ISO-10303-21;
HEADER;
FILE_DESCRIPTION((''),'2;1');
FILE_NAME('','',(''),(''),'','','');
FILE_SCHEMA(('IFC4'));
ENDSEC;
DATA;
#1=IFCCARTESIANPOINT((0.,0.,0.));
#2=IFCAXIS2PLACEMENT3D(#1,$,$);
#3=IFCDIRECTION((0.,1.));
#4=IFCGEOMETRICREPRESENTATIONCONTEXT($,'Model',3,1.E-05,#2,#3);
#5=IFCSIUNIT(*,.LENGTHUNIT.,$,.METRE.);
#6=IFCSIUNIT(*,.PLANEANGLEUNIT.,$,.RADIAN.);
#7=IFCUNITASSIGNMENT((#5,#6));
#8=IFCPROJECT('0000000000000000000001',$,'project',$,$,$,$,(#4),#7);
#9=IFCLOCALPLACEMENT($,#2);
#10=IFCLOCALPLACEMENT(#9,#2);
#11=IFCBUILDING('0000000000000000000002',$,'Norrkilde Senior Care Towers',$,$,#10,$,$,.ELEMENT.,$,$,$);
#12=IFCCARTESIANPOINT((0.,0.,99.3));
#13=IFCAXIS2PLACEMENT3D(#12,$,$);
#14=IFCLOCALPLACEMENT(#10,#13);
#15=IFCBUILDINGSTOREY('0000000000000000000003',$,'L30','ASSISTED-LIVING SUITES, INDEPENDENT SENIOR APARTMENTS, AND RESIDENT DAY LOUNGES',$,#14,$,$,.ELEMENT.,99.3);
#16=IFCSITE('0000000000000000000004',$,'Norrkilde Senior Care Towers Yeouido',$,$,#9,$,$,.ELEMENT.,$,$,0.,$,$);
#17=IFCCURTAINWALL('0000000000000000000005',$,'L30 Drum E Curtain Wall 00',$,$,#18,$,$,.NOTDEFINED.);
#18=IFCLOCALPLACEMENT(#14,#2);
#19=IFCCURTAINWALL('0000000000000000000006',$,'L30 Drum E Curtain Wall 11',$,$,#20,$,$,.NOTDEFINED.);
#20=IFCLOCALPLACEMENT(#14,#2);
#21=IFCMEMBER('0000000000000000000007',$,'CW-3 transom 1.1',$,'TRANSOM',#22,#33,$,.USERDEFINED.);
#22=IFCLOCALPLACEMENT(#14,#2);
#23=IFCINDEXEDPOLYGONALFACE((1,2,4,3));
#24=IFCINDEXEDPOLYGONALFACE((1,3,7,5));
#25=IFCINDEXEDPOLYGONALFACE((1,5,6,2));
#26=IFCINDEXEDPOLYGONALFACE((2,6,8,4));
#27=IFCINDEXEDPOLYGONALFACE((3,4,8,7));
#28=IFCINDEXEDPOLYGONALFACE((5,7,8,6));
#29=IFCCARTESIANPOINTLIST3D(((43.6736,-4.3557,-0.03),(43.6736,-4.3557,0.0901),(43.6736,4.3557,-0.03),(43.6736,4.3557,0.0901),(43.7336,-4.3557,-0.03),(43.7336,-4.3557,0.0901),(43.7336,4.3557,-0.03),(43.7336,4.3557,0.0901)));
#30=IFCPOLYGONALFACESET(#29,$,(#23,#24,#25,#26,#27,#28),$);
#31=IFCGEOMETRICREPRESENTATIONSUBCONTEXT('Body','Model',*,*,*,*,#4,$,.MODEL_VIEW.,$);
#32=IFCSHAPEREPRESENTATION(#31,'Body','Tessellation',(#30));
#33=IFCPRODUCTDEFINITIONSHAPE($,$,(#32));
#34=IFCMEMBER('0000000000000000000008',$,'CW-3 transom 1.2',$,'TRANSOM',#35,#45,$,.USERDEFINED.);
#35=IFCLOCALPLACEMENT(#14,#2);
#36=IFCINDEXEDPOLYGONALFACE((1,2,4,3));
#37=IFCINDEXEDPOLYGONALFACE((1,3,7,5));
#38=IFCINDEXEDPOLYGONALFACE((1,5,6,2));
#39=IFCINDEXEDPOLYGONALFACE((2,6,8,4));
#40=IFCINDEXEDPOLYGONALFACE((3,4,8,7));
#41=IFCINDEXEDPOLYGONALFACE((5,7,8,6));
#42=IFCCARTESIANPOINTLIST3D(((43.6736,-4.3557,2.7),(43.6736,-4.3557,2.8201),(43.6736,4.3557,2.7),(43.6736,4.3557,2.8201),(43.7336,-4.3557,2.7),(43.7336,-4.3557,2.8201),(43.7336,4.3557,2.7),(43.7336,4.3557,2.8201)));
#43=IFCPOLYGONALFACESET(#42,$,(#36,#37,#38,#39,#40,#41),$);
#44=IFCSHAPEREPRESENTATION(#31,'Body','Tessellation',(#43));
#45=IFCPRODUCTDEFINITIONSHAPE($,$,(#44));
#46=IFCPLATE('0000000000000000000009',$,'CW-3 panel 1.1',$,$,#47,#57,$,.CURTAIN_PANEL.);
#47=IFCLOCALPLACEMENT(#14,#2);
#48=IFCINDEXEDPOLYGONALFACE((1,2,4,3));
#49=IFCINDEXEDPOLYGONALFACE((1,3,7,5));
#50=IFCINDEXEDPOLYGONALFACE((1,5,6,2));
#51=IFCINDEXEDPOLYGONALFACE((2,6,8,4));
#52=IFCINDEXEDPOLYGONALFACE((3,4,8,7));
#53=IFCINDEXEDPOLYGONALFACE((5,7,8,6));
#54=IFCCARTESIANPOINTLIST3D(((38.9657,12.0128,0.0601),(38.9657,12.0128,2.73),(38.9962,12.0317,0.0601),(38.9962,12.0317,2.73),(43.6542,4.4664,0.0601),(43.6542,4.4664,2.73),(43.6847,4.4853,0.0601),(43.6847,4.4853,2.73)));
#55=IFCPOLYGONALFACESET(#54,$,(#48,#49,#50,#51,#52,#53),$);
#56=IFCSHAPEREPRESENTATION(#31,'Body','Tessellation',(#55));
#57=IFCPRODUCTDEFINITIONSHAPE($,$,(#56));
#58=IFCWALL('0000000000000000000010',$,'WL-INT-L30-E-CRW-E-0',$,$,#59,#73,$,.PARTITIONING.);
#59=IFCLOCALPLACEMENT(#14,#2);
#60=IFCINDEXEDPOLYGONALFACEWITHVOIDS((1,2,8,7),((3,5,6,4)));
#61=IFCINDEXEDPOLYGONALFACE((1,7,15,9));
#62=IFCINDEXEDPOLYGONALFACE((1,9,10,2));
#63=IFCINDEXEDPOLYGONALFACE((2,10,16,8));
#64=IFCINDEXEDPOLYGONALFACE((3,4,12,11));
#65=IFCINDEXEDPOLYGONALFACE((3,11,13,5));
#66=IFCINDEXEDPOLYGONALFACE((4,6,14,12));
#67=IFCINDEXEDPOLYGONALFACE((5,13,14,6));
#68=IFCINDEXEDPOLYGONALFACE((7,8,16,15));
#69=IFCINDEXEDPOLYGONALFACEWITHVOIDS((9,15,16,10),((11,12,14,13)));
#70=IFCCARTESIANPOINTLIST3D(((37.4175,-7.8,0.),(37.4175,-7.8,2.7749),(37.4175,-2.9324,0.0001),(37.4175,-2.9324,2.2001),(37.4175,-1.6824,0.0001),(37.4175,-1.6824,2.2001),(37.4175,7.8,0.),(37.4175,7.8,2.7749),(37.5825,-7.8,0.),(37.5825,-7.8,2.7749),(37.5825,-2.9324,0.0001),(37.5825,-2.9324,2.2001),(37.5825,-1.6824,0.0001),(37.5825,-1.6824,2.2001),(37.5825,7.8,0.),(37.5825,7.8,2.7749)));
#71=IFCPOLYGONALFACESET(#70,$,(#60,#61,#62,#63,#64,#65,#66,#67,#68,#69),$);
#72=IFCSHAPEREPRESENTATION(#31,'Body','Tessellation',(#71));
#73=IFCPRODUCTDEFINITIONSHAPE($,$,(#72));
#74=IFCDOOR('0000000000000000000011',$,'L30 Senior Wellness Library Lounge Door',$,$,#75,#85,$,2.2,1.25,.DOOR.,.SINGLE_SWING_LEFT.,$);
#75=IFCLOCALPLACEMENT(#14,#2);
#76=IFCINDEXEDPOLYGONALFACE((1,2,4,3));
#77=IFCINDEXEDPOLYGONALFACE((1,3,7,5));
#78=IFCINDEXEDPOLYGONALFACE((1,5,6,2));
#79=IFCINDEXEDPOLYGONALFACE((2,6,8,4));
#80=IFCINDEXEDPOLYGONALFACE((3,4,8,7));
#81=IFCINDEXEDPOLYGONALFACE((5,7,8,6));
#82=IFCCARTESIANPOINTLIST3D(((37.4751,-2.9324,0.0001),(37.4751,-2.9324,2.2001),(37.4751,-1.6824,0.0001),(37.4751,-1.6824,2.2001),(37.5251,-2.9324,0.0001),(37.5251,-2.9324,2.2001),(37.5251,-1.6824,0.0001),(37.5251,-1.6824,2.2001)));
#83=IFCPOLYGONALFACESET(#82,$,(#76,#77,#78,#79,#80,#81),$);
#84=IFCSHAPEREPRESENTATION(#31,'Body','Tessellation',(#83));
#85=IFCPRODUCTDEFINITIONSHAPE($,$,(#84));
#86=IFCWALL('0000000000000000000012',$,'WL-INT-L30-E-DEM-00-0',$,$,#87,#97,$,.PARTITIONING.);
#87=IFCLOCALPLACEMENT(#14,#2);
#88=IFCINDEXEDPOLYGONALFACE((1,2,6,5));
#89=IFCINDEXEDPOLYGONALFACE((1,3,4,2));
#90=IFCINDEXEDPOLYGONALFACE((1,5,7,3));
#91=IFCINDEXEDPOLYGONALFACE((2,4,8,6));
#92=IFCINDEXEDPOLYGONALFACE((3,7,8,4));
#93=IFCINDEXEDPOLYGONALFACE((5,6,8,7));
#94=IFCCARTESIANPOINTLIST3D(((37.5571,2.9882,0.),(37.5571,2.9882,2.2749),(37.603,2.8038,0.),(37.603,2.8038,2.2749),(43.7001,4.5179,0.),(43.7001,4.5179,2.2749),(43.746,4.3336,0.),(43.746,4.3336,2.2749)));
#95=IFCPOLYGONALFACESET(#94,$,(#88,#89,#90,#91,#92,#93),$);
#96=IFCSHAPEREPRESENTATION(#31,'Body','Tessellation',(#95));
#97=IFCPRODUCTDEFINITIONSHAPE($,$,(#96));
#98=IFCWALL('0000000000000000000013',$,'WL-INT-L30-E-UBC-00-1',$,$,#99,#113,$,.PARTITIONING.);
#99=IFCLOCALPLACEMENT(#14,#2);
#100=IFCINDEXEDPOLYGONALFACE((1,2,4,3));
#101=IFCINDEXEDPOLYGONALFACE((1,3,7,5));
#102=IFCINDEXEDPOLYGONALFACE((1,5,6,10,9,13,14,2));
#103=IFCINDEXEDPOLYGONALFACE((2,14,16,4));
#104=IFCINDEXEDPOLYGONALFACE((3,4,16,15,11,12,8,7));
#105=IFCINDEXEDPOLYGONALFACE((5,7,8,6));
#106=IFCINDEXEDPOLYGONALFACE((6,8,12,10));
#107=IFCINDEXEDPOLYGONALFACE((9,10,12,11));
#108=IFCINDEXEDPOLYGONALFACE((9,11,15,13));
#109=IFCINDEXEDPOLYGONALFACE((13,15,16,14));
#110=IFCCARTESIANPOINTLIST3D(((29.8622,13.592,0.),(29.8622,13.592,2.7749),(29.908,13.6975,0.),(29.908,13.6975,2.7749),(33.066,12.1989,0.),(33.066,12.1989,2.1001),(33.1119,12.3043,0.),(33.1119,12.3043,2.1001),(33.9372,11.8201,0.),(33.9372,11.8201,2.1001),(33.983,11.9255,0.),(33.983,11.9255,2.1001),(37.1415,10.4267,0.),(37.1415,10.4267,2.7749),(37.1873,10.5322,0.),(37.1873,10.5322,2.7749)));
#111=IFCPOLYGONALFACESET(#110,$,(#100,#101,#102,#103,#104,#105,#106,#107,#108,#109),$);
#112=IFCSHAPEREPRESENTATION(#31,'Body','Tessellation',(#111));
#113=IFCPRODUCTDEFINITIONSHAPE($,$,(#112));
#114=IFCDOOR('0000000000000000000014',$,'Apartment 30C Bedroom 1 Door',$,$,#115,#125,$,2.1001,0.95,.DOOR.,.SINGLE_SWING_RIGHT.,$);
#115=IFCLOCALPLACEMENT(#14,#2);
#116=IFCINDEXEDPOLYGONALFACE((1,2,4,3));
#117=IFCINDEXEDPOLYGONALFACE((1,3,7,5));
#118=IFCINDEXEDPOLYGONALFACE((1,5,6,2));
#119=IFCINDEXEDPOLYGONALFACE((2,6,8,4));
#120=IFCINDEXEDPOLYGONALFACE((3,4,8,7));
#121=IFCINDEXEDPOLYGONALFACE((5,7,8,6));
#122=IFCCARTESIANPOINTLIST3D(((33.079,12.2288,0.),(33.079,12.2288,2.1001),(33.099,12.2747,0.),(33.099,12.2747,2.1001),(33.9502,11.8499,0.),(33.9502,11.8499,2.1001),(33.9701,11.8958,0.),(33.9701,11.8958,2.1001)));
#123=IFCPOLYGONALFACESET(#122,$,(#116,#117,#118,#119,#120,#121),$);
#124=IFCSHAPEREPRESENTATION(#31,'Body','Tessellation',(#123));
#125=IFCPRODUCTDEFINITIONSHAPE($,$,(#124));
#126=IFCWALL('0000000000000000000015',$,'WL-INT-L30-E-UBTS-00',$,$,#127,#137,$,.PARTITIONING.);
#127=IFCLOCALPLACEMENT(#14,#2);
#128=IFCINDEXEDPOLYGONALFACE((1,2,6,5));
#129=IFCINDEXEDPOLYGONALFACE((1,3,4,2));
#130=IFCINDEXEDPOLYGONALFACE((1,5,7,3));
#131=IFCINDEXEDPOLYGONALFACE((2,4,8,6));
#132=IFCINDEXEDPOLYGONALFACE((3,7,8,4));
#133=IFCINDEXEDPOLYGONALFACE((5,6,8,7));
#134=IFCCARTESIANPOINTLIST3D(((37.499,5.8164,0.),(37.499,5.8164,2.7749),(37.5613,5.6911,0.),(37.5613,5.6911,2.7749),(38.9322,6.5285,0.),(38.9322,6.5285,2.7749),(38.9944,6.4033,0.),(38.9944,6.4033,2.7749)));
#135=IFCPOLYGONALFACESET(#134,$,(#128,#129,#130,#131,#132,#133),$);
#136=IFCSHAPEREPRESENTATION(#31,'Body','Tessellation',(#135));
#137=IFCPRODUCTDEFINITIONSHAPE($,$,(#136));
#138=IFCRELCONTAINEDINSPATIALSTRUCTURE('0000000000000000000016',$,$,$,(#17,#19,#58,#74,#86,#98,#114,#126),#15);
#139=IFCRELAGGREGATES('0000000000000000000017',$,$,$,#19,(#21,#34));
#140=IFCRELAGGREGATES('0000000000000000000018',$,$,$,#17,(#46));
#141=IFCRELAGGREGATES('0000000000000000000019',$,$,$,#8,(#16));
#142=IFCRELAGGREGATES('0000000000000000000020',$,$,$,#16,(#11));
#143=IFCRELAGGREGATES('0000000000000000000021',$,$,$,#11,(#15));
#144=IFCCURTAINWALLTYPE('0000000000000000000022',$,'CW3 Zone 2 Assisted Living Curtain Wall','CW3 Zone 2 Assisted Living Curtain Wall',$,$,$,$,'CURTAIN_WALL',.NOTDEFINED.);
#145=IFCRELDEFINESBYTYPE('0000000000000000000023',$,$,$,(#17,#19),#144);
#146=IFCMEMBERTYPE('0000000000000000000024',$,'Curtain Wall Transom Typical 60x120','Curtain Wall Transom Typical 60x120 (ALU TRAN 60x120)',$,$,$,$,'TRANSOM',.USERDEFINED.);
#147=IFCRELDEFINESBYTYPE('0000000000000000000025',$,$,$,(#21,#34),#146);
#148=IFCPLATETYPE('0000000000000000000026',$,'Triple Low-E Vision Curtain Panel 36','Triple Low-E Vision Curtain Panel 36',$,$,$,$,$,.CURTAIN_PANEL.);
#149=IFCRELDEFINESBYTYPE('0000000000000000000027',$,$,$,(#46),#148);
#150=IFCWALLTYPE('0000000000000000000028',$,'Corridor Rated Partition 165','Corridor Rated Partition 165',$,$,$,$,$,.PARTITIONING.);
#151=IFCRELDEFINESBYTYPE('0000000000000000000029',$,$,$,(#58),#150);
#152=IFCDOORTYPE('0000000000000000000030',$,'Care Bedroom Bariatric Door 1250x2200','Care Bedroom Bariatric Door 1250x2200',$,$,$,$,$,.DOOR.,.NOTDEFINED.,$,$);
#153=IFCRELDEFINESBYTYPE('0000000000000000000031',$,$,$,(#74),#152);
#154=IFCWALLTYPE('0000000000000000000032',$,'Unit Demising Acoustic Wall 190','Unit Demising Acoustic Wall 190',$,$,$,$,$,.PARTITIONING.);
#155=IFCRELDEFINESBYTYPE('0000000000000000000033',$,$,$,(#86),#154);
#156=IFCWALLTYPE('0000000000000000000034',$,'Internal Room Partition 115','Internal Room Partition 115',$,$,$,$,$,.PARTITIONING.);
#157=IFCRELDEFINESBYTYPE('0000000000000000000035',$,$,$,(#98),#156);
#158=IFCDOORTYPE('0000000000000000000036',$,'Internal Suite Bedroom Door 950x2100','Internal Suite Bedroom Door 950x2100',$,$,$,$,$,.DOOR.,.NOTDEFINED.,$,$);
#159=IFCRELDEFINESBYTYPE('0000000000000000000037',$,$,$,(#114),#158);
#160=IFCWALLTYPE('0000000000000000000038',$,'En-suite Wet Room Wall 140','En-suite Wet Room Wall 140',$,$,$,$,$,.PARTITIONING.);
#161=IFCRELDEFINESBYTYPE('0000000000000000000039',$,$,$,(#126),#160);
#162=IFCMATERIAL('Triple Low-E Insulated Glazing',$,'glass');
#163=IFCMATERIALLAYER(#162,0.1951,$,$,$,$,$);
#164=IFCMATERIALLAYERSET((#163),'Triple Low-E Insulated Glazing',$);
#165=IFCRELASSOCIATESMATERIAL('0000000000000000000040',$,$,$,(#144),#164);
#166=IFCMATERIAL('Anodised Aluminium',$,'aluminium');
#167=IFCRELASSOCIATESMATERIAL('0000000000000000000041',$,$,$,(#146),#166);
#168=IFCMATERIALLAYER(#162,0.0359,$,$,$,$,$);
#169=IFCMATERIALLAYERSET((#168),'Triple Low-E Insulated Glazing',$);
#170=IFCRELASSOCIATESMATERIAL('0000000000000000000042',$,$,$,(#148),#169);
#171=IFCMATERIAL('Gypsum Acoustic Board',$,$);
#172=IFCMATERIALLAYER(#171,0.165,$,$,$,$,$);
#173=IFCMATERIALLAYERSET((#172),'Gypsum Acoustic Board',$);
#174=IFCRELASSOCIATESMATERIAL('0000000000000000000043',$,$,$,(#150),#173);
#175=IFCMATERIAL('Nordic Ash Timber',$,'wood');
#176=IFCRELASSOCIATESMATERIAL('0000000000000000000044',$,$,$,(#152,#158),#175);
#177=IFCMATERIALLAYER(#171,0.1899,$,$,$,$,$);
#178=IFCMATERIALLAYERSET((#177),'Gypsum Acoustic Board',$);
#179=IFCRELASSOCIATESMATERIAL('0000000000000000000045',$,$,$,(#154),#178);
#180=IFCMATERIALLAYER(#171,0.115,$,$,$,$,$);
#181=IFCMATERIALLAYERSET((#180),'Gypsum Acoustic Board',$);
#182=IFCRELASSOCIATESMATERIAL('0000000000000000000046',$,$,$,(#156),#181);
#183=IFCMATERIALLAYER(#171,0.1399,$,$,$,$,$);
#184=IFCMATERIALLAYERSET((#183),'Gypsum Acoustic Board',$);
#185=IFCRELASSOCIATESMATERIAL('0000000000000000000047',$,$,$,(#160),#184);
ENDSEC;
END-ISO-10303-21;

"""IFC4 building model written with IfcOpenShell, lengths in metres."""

from ifc_helpers import new_model, si_unit, direction, frame, frame_2d, origin, origin_2d, place, context, subcontext, project, spatial, rectangle, extrude, source, transform, mapped, material, layer, layer_set, material_profile, profile_set, type_object, type_shapes, element, fill, aggregate, save


model = new_model("IFC4")

# Units and contexts
model_context = context("Model", 3, precision=1e-05, world=origin(), true_north=direction((0.0, 1.0)))
body_context = subcontext(model_context, "Body", "Model", "MODEL_VIEW")
ifc_project = project(units=[si_unit("LENGTHUNIT", "METRE"), si_unit("PLANEANGLEUNIT", "RADIAN")], contexts=[model_context])

# Site, building, storey
site_placement = place(None, origin())
site = spatial("IfcSite", under=ifc_project, at=site_placement, Name="Norrkilde Senior Care Towers Yeouido", CompositionType="ELEMENT", RefElevation=0.0)
building_placement = place(site_placement, origin())
building = spatial("IfcBuilding", under=site, at=building_placement, Name="Norrkilde Senior Care Towers", CompositionType="ELEMENT")
storey_placement = place(building_placement, frame((0.0, 0.0, 99.3)))
storey = spatial("IfcBuildingStorey", under=building, at=storey_placement, Name="L30", Description="ASSISTED-LIVING SUITES, INDEPENDENT SENIOR APARTMENTS, AND RESIDENT DAY LOUNGES", CompositionType="ELEMENT", Elevation=99.3)

# Curtain wall
ifc_material_1 = material(Name="Triple Low-E Insulated Glazing", Category="glass")
ifc_layer_1 = layer(ifc_material_1, 0.1951)
ifc_layer_set_1 = layer_set([ifc_layer_1], Name="Triple Low-E Insulated Glazing")
curtain_wall_type = type_object("IfcCurtainWallType", Name="CW3 Zone 2 Assisted Living Curtain Wall", Description="CW3 Zone 2 Assisted Living Curtain Wall", ElementType="CURTAIN_WALL", PredefinedType="NOTDEFINED", material=ifc_layer_set_1)
curtain_wall_1_placement = place(storey_placement, origin())
curtain_wall_1 = element("IfcCurtainWall", 1, at=curtain_wall_1_placement, inside=storey, type_object=curtain_wall_type, Name="L30 Drum E Curtain Wall 00", PredefinedType="NOTDEFINED")
ifc_material_2 = material(Name="Anodised Aluminium", Category="aluminium")

# Curtain wall
curtain_wall_2_placement = place(storey_placement, origin())
curtain_wall_2 = element("IfcCurtainWall", 2, at=curtain_wall_2_placement, inside=storey, type_object=curtain_wall_type, Name="L30 Drum E Curtain Wall 11", PredefinedType="NOTDEFINED")

# Members
ifc_material_profile_1 = material_profile(ifc_material_2, rectangle(XDim=0.0601, YDim=0.1201, at=origin_2d()), Name="ALU TRAN 60x120")
ifc_profile_set_1 = profile_set([ifc_material_profile_1], Name="Anodised Aluminium")
member_type_1 = type_object("IfcMemberType", Name="Curtain Wall Transom Typical 60x120", Description="Curtain Wall Transom Typical 60x120 (ALU TRAN 60x120)", ElementType="TRANSOM", PredefinedType="USERDEFINED", material=ifc_profile_set_1)
shared_shape_1 = source(origin(), body_context, "Body", "SweptSolid", [
    extrude(rectangle(XDim=0.0601, YDim=0.1201, at=origin_2d()), origin(), (0.0, 0.0, 1.0), 8.7114),
])
member_1_placement = place(storey_placement, frame((43.7036, 4.3557, 0.03), z_axis=(0.0, -1.0, 0.0), x_axis=(1.0, 0.0, 0.0)))
member_1 = element("IfcMember", 3, at=member_1_placement, type_object=member_type_1, Name="CW-3 transom 1.1", ObjectType="TRANSOM", PredefinedType="USERDEFINED", context=body_context, shape_type="MappedRepresentation", body=[
    mapped(shared_shape_1, transform((0.0, 0.0, 0.0), x_axis=(1.0, 0.0, 0.0), y_axis=(0.0, 1.0, 0.0), z_axis=(0.0, 0.0, 1.0), scale=1.0)),
])
member_2_placement = place(storey_placement, frame((43.7036, 4.3557, 2.76), z_axis=(0.0, -1.0, 0.0), x_axis=(1.0, 0.0, 0.0)))
member_2 = element("IfcMember", 4, at=member_2_placement, type_object=member_type_1, Name="CW-3 transom 1.2", ObjectType="TRANSOM", PredefinedType="USERDEFINED", context=body_context, shape_type="MappedRepresentation", body=[
    mapped(shared_shape_1, transform((0.0, 0.0, 0.0), x_axis=(1.0, 0.0, 0.0), y_axis=(0.0, 1.0, 0.0), z_axis=(0.0, 0.0, 1.0), scale=1.0)),
])
aggregate(curtain_wall_2, [member_1, member_2])

# Plate
ifc_layer_2 = layer(ifc_material_1, 0.0359)
ifc_layer_set_2 = layer_set([ifc_layer_2], Name="Triple Low-E Insulated Glazing")
plate_type = type_object("IfcPlateType", Name="Triple Low-E Vision Curtain Panel 36", Description="Triple Low-E Vision Curtain Panel 36", PredefinedType="CURTAIN_PANEL", material=ifc_layer_set_2)
shared_shape_2 = source(origin(), body_context, "Body", "SweptSolid", [
    extrude(rectangle(XDim=8.8843, YDim=0.0359, at=origin_2d()), origin(), (0.0, 0.0, 1.0), 2.6699),
])
type_shapes(plate_type, [shared_shape_2])
plate_placement = place(storey_placement, frame((41.3252, 8.249, 0.0601), z_axis=(0.0, 0.0, 1.0), x_axis=(0.527733, -0.84941, 0.0)))
plate = element("IfcPlate", 5, at=plate_placement, type_object=plate_type, Name="CW-3 panel 1.1", PredefinedType="CURTAIN_PANEL", context=body_context, shape_type="MappedRepresentation", body=[
    mapped(shared_shape_2, transform((0.0, 0.0, 0.0), x_axis=(1.0, 0.0, 0.0), y_axis=(0.0, 1.0, 0.0), z_axis=(0.0, 0.0, 1.0), scale=1.0)),
])
aggregate(curtain_wall_1, [plate])

# Wall, opening, door
ifc_material_3 = material(Name="Gypsum Acoustic Board")
ifc_layer_3 = layer(ifc_material_3, 0.165)
ifc_layer_set_3 = layer_set([ifc_layer_3], Name="Gypsum Acoustic Board")
wall_type_1 = type_object("IfcWallType", Name="Corridor Rated Partition 165", Description="Corridor Rated Partition 165", PredefinedType="PARTITIONING", material=ifc_layer_set_3)
shared_shape_3 = source(origin(), body_context, "Body", "SweptSolid", [
    extrude(rectangle(XDim=15.6001, YDim=0.165, at=frame_2d((7.8, 0.0))), origin(), (0.0, 0.0, 1.0), 2.7749),
])
type_shapes(wall_type_1, [shared_shape_3])
wall_1_placement = place(storey_placement, frame((37.5, 7.8, 0.0), z_axis=(0.0, 0.0, 1.0), x_axis=(0.0, -1.0, 0.0)))
wall_1 = element("IfcWall", 6, at=wall_1_placement, inside=storey, type_object=wall_type_1, Name="WL-INT-L30-E-CRW-E-0", PredefinedType="PARTITIONING", context=body_context, shape_type="MappedRepresentation", body=[
    mapped(shared_shape_3, transform((0.0, 0.0, 0.0), x_axis=(1.0, 0.0, 0.0), y_axis=(0.0, 1.0, 0.0), z_axis=(0.0, 0.0, 1.0), scale=1.0)),
])
opening_1_placement = place(wall_1_placement, frame((9.4824, 0.0, 0.0)))
opening_1 = element("IfcOpeningElement", 7, at=opening_1_placement, cuts=wall_1, PredefinedType="OPENING", context=body_context, shape_type="SweptSolid", body=[
    extrude(rectangle(XDim=1.25, YDim=2.2, at=frame_2d((0.625, 1.1001))), frame((0.0, 0.0925, 0.0), z_axis=(0.0, -1.0, 0.0), x_axis=(1.0, 0.0, 0.0)), (0.0, 0.0, 1.0), 0.1851),
])
ifc_material_4 = material(Name="Nordic Ash Timber", Category="wood")
door_type_1 = type_object("IfcDoorType", Name="Care Bedroom Bariatric Door 1250x2200", Description="Care Bedroom Bariatric Door 1250x2200", OperationType="NOTDEFINED", PredefinedType="DOOR", material=ifc_material_4)
shared_shape_4 = source(origin(), body_context, "Body", "SweptSolid", [
    extrude(rectangle(XDim=1.25, YDim=2.2, at=frame_2d((0.625, 1.1001))), frame((0.0, 0.0249, 0.0), z_axis=(0.0, -1.0, 0.0), x_axis=(1.0, 0.0, 0.0)), (0.0, 0.0, 1.0), 0.05),
])
type_shapes(door_type_1, [shared_shape_4])
door_1_placement = place(opening_1_placement, frame((1.25, 0.0, 0.0), z_axis=(0.0, 0.0, 1.0), x_axis=(-1.0, 0.0, 0.0)))
door_1 = element("IfcDoor", 8, at=door_1_placement, inside=storey, type_object=door_type_1, Name="L30 Senior Wellness Library Lounge Door", OperationType="SINGLE_SWING_LEFT", OverallHeight=2.2, OverallWidth=1.25, PredefinedType="DOOR", context=body_context, shape_type="MappedRepresentation", body=[
    mapped(shared_shape_4, transform((0.0, 0.0, 0.0), x_axis=(1.0, 0.0, 0.0), y_axis=(0.0, 1.0, 0.0), z_axis=(0.0, 0.0, 1.0), scale=1.0)),
])
fill(opening_1, door_1)

# Wall
ifc_layer_4 = layer(ifc_material_3, 0.1899)
ifc_layer_set_4 = layer_set([ifc_layer_4], Name="Gypsum Acoustic Board")
wall_type_2 = type_object("IfcWallType", Name="Unit Demising Acoustic Wall 190", Description="Unit Demising Acoustic Wall 190", PredefinedType="PARTITIONING", material=ifc_layer_set_4)
shared_shape_5 = source(origin(), body_context, "Body", "SweptSolid", [
    extrude(rectangle(XDim=6.3306, YDim=0.1899, at=frame_2d((3.1653, 0.0))), origin(), (0.0, 0.0, 1.0), 2.2749),
])
type_shapes(wall_type_2, [shared_shape_5])
wall_2_placement = place(storey_placement, frame((37.5801, 2.896, 0.0), z_axis=(0.0, 0.0, 1.0), x_axis=(0.970364, 0.241646, 0.0)))
element("IfcWall", 9, at=wall_2_placement, inside=storey, type_object=wall_type_2, Name="WL-INT-L30-E-DEM-00-0", PredefinedType="PARTITIONING", context=body_context, shape_type="MappedRepresentation", body=[
    mapped(shared_shape_5, transform((0.0, 0.0, 0.0), x_axis=(1.0, 0.0, 0.0), y_axis=(0.0, 1.0, 0.0), z_axis=(0.0, 0.0, 1.0), scale=1.0)),
])

# Wall, opening, door
ifc_layer_5 = layer(ifc_material_3, 0.115)
ifc_layer_set_5 = layer_set([ifc_layer_5], Name="Gypsum Acoustic Board")
wall_type_3 = type_object("IfcWallType", Name="Internal Room Partition 115", Description="Internal Room Partition 115", PredefinedType="PARTITIONING", material=ifc_layer_set_5)
shared_shape_6 = source(origin(), body_context, "Body", "SweptSolid", [
    extrude(rectangle(XDim=7.9377, YDim=0.115, at=frame_2d((3.9688, 0.0))), origin(), (0.0, 0.0, 1.0), 2.7749),
])
wall_3_placement = place(storey_placement, frame((37.1643, 10.4795, 0.0), z_axis=(0.0, 0.0, 1.0), x_axis=(-0.917053, 0.398765, 0.0)))
wall_3 = element("IfcWall", 10, at=wall_3_placement, inside=storey, type_object=wall_type_3, Name="WL-INT-L30-E-UBC-00-1", PredefinedType="PARTITIONING", context=body_context, shape_type="MappedRepresentation", body=[
    mapped(shared_shape_6, transform((0.0, 0.0, 0.0), x_axis=(1.0, 0.0, 0.0), y_axis=(0.0, 1.0, 0.0), z_axis=(0.0, 0.0, 1.0), scale=1.0)),
])
opening_2_placement = place(wall_3_placement, frame((3.4939, 0.0, 0.0)))
opening_2 = element("IfcOpeningElement", 11, at=opening_2_placement, cuts=wall_3, PredefinedType="OPENING", context=body_context, shape_type="SweptSolid", body=[
    extrude(rectangle(XDim=0.95, YDim=2.1001, at=frame_2d((0.4751, 1.05))), frame((0.0, 0.0674, 0.0), z_axis=(0.0, -1.0, 0.0), x_axis=(1.0, 0.0, 0.0)), (0.0, 0.0, 1.0), 0.135),
])
door_type_2 = type_object("IfcDoorType", Name="Internal Suite Bedroom Door 950x2100", Description="Internal Suite Bedroom Door 950x2100", OperationType="NOTDEFINED", PredefinedType="DOOR", material=ifc_material_4)
shared_shape_7 = source(origin(), body_context, "Body", "SweptSolid", [
    extrude(rectangle(XDim=0.95, YDim=2.1001, at=frame_2d((0.4751, 1.05))), frame((0.0, 0.0249, 0.0), z_axis=(0.0, -1.0, 0.0), x_axis=(1.0, 0.0, 0.0)), (0.0, 0.0, 1.0), 0.05),
])
type_shapes(door_type_2, [shared_shape_7])
door_2_placement = place(opening_2_placement, origin())
door_2 = element("IfcDoor", 12, at=door_2_placement, inside=storey, type_object=door_type_2, Name="Apartment 30C Bedroom 1 Door", OperationType="SINGLE_SWING_RIGHT", OverallHeight=2.1001, OverallWidth=0.95, PredefinedType="DOOR", context=body_context, shape_type="MappedRepresentation", body=[
    mapped(shared_shape_7, transform((0.0, 0.0, 0.0), x_axis=(1.0, 0.0, 0.0), y_axis=(0.0, 1.0, 0.0), z_axis=(0.0, 0.0, 1.0), scale=1.0)),
])
fill(opening_2, door_2)

# Wall
ifc_layer_6 = layer(ifc_material_3, 0.1399)
ifc_layer_set_6 = layer_set([ifc_layer_6], Name="Gypsum Acoustic Board")
wall_type_4 = type_object("IfcWallType", Name="En-suite Wet Room Wall 140", Description="En-suite Wet Room Wall 140", PredefinedType="PARTITIONING", material=ifc_layer_set_6)
shared_shape_8 = source(origin(), body_context, "Body", "SweptSolid", [
    extrude(rectangle(XDim=1.6003, YDim=0.1399, at=frame_2d((0.8003, 0.0))), origin(), (0.0, 0.0, 1.0), 2.7749),
])
wall_4_placement = place(storey_placement, frame((37.53, 5.7537, 0.0), z_axis=(0.0, 0.0, 1.0), x_axis=(0.895523, 0.445015, 0.0)))
element("IfcWall", 13, at=wall_4_placement, inside=storey, type_object=wall_type_4, Name="WL-INT-L30-E-UBTS-00", PredefinedType="PARTITIONING", context=body_context, shape_type="MappedRepresentation", body=[
    mapped(shared_shape_8, transform((0.0, 0.0, 0.0), x_axis=(1.0, 0.0, 0.0), y_axis=(0.0, 1.0, 0.0), z_axis=(0.0, 0.0, 1.0), scale=1.0)),
])

save(model, "model.ifc")
